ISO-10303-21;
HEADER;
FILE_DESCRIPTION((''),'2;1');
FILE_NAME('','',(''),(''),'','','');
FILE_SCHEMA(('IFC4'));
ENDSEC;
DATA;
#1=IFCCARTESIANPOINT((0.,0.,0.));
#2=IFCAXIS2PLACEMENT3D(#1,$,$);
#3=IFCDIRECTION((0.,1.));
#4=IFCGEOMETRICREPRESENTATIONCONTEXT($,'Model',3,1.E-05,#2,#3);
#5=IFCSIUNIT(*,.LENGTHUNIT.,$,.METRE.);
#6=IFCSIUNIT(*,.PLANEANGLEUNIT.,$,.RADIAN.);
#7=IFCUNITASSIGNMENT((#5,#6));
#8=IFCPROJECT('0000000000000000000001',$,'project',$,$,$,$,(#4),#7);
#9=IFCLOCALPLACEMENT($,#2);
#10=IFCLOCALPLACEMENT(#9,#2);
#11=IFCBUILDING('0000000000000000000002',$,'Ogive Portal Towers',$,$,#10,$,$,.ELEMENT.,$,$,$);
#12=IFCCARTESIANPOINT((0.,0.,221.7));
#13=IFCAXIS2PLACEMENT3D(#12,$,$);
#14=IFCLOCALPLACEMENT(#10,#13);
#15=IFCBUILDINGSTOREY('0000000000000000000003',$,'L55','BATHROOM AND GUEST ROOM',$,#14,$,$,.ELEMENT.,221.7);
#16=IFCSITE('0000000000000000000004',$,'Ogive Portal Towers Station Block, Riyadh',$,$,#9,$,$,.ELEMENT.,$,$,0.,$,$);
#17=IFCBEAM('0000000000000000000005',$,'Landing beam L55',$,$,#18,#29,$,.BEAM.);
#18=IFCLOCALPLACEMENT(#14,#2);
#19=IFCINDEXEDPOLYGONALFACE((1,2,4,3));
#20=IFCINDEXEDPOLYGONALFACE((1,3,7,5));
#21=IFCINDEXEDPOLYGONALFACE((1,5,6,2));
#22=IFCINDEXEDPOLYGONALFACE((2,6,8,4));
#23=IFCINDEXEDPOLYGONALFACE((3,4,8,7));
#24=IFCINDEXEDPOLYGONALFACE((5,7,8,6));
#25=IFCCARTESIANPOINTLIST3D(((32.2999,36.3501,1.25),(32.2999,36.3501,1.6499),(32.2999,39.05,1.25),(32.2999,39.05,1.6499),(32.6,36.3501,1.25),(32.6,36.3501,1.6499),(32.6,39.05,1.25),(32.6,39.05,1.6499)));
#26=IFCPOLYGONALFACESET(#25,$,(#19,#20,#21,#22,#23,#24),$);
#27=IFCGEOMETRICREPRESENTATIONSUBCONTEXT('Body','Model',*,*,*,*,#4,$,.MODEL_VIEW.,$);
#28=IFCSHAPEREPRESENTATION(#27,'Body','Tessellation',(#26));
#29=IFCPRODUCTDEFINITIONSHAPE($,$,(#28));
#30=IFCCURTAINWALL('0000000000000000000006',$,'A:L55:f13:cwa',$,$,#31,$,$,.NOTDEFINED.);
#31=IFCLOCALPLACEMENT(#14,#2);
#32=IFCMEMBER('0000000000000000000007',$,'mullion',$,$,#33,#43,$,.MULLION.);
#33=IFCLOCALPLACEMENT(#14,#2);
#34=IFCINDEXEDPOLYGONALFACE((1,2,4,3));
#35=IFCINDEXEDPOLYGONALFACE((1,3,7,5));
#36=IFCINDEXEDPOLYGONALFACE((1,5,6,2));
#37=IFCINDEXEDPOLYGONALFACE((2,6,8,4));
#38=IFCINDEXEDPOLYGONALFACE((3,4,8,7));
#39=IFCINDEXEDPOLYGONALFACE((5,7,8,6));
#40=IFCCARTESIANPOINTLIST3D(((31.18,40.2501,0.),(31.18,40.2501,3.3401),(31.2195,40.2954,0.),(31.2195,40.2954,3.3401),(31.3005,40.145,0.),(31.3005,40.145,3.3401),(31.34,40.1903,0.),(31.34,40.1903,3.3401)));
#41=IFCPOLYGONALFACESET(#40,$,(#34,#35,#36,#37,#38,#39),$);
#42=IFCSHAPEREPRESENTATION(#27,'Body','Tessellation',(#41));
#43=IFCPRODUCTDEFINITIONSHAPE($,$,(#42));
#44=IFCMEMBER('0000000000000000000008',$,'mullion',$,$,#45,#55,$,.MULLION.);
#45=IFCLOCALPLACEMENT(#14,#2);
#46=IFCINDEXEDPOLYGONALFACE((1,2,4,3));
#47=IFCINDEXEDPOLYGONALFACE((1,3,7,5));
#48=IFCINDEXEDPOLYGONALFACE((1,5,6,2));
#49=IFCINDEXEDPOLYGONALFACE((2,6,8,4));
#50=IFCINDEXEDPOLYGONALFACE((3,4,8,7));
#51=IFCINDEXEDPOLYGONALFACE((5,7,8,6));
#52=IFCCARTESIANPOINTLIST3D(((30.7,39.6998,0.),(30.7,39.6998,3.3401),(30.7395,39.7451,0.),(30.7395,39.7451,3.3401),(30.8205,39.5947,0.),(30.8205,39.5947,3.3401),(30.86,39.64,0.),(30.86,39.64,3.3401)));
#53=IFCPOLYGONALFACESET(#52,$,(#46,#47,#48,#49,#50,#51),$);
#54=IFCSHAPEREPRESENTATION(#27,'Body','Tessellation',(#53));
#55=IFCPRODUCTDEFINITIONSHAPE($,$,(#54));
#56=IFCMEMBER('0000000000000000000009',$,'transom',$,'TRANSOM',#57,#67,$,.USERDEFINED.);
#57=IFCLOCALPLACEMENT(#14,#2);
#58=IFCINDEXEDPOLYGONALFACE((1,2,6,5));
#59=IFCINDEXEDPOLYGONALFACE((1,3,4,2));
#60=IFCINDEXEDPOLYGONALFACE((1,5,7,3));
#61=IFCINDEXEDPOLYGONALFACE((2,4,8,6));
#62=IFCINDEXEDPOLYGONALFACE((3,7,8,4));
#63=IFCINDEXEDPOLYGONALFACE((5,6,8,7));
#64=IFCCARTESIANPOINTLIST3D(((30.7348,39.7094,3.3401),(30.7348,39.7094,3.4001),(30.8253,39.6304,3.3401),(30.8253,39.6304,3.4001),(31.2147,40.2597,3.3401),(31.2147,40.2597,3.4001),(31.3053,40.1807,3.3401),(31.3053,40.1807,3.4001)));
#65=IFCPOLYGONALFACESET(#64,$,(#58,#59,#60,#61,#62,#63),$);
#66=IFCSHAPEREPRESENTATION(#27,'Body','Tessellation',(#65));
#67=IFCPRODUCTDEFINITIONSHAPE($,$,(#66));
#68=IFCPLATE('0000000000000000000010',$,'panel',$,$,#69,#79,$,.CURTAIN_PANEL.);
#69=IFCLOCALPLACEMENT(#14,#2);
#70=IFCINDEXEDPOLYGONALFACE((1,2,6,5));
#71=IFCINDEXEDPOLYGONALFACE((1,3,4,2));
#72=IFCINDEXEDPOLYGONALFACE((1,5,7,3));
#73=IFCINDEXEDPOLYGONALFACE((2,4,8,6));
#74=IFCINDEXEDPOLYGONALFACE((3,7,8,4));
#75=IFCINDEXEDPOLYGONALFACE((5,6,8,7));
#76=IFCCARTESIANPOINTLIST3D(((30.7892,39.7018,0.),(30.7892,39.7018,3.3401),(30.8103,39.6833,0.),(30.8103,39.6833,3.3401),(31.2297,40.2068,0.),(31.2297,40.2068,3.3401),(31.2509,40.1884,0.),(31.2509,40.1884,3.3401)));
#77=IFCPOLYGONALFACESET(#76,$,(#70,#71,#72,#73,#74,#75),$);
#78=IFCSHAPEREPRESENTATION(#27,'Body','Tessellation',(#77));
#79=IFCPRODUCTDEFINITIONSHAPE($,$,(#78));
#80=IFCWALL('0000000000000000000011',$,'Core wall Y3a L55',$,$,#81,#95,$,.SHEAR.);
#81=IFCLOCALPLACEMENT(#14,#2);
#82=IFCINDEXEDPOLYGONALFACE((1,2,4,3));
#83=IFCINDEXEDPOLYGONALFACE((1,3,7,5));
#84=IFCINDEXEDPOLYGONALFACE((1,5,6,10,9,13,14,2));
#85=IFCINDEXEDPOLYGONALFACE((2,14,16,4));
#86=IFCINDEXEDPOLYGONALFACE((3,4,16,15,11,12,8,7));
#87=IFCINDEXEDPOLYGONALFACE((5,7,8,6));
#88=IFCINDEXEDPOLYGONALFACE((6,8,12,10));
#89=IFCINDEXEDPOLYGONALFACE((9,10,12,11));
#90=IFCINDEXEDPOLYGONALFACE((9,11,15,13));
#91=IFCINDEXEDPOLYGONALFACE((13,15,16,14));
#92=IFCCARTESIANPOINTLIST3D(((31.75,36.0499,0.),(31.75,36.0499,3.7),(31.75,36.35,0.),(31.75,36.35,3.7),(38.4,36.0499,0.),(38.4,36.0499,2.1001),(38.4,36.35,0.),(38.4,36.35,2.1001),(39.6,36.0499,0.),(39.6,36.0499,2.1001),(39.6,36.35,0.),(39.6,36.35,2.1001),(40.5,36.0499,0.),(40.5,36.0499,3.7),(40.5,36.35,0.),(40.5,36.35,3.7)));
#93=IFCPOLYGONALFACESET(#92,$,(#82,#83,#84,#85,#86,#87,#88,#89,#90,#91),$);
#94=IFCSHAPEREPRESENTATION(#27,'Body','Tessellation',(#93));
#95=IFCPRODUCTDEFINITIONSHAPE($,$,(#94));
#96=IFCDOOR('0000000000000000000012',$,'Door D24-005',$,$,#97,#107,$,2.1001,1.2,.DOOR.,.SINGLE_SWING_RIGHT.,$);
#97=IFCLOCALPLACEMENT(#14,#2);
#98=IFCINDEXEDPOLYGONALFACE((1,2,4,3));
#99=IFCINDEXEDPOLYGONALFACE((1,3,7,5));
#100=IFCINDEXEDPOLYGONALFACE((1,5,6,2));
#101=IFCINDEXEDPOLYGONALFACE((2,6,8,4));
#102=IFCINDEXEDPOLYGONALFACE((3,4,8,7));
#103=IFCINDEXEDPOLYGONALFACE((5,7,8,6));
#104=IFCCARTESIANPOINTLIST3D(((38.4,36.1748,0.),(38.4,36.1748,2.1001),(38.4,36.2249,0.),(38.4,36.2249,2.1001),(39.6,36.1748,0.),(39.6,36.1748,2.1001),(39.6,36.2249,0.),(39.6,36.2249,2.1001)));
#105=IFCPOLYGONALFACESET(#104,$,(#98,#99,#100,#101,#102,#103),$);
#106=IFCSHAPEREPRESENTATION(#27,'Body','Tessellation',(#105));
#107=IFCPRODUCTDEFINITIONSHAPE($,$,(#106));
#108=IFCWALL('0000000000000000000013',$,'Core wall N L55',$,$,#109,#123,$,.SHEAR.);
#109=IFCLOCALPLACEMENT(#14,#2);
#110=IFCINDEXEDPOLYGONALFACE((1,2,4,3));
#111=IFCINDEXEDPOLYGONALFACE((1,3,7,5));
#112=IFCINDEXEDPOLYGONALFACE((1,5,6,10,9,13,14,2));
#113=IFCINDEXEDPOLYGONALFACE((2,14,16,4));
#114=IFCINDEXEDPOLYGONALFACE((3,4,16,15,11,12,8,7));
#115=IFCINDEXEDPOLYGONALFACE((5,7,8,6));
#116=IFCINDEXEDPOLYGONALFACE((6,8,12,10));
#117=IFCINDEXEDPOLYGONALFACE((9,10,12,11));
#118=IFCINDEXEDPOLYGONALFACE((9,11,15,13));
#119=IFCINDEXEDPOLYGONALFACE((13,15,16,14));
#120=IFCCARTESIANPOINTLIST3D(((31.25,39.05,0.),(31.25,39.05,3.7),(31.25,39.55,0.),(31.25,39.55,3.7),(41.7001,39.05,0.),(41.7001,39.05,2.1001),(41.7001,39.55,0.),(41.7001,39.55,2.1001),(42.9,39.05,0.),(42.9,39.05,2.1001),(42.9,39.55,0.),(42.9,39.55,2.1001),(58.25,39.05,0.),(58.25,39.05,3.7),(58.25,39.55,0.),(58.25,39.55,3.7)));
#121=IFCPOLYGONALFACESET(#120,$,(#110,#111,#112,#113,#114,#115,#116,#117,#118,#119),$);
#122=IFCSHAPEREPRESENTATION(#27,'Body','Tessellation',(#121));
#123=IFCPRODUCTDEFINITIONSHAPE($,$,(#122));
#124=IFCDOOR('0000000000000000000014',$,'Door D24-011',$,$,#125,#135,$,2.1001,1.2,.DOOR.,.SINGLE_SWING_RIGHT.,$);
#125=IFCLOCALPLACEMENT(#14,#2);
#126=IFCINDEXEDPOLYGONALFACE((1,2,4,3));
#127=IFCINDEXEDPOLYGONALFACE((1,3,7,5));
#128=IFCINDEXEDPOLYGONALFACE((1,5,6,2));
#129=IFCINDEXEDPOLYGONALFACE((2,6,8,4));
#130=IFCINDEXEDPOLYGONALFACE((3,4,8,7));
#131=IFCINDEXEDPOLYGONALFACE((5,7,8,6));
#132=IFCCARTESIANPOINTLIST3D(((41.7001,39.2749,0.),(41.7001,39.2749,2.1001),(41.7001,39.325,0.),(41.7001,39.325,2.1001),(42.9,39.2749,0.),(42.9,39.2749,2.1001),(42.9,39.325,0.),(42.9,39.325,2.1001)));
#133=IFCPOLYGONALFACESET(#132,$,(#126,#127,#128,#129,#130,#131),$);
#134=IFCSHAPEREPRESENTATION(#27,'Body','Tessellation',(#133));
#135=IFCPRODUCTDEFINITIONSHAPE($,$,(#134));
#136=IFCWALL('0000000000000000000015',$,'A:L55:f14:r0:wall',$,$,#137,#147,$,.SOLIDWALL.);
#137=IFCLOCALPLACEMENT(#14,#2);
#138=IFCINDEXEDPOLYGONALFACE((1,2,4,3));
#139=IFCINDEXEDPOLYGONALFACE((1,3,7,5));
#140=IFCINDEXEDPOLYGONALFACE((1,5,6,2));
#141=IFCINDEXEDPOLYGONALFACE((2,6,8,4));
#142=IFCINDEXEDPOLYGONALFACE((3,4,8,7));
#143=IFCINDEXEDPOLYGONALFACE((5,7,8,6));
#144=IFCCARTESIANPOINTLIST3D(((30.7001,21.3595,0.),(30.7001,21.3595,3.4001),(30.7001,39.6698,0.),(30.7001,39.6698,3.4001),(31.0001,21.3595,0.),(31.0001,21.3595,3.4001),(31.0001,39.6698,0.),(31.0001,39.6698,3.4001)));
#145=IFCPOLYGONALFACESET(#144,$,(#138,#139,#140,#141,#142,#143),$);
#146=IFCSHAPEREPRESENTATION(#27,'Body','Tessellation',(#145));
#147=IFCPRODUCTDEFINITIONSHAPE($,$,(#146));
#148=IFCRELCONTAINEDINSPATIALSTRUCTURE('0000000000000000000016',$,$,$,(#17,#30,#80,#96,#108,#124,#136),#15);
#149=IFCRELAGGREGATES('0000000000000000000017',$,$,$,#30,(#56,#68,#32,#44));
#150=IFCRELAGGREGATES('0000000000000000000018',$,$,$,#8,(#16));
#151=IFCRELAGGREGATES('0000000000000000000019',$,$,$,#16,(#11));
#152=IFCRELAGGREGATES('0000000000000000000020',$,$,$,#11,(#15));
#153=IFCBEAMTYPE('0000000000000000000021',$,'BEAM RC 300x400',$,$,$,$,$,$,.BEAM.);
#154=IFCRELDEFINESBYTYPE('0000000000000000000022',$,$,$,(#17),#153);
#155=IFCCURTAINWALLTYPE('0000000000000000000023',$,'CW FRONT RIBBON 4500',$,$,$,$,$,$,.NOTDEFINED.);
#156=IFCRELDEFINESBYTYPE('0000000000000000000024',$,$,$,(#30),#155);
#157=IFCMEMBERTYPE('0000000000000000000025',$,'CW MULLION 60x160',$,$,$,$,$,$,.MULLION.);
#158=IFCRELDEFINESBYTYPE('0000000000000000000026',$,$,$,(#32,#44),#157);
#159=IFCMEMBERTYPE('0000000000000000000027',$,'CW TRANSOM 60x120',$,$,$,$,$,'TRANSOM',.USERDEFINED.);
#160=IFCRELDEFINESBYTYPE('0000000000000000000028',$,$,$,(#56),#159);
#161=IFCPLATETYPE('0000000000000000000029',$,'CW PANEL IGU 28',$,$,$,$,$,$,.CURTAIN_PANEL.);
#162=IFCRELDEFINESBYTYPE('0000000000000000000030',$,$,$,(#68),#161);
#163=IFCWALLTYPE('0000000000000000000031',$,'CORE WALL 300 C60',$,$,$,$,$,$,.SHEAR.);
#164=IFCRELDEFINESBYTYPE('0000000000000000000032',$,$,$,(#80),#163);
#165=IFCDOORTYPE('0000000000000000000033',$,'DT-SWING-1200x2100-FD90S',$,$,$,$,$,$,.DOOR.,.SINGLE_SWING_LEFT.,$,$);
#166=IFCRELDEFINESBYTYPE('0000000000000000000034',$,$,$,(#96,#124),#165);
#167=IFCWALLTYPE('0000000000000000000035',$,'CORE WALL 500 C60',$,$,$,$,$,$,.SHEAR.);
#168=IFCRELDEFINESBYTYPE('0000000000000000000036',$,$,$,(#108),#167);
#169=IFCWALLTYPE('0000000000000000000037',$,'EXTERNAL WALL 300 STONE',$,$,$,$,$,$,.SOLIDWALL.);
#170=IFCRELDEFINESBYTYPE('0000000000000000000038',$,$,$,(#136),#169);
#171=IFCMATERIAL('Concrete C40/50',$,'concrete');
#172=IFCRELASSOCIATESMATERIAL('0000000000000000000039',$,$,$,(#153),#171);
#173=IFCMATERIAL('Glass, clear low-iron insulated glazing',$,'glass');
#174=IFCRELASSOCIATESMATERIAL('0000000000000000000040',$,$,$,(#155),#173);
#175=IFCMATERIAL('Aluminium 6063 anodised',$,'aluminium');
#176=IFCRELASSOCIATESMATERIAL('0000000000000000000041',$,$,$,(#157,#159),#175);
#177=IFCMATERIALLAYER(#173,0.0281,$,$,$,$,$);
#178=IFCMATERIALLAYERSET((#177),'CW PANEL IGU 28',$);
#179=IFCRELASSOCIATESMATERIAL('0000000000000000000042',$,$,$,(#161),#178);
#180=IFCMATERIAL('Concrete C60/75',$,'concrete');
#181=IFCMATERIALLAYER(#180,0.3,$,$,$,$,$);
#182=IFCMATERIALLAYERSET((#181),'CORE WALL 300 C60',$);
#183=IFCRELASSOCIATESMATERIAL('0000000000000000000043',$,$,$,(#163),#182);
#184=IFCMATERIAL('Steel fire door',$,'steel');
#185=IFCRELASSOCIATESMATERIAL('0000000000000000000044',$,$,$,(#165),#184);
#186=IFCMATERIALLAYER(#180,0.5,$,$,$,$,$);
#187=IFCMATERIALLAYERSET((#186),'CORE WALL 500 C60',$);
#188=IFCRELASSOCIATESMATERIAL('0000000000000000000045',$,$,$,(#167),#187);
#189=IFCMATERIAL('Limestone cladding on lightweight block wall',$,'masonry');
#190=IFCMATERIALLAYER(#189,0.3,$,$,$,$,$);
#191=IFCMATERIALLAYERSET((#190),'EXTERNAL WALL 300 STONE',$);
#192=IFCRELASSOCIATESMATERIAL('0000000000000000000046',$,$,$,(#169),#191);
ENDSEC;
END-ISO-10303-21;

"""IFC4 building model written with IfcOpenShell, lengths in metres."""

from ifc_helpers import new_model, si_unit, direction, frame, frame_2d, origin, origin_2d, place, context, subcontext, project, spatial, rectangle, extrude, material, layer, layer_set, material_profile, profile_set, type_object, element, fill, aggregate, save


model = new_model("IFC4")

# Units and contexts
model_context = context("Model", 3, precision=1e-05, world=origin(), true_north=direction((0.0, 1.0)))
body_context = subcontext(model_context, "Body", "Model", "MODEL_VIEW")
ifc_project = project(units=[si_unit("LENGTHUNIT", "METRE"), si_unit("PLANEANGLEUNIT", "RADIAN")], contexts=[model_context])

# Site, building, storey
site_placement = place(None, origin())
site = spatial("IfcSite", under=ifc_project, at=site_placement, Name="Ogive Portal Towers Station Block, Riyadh", CompositionType="ELEMENT", RefElevation=0.0)
building_placement = place(site_placement, origin())
building = spatial("IfcBuilding", under=site, at=building_placement, Name="Ogive Portal Towers", CompositionType="ELEMENT")
storey_placement = place(building_placement, frame((0.0, 0.0, 221.7)))
storey = spatial("IfcBuildingStorey", under=building, at=storey_placement, Name="L55", Description="BATHROOM AND GUEST ROOM", CompositionType="ELEMENT", Elevation=221.7)

# Beam
ifc_material_1 = material(Name="Concrete C40/50", Category="concrete")
ifc_material_profile_1 = material_profile(ifc_material_1, rectangle(XDim=0.3, YDim=0.3999, at=origin_2d()), Name="RC 300x400")
ifc_profile_set_1 = profile_set([ifc_material_profile_1], Name="Concrete C40/50")
beam_type = type_object("IfcBeamType", Name="BEAM RC 300x400", PredefinedType="BEAM", material=ifc_profile_set_1)
beam_placement = place(storey_placement, frame((32.45, 36.3501, 1.45), z_axis=(0.0, 1.0, 0.0), x_axis=(-1.0, 0.0, 0.0)))
element("IfcBeam", 1, at=beam_placement, inside=storey, type_object=beam_type, Name="Landing beam L55", PredefinedType="BEAM", context=body_context, shape_type="SweptSolid", body=[
    extrude(rectangle(XDim=0.3, YDim=0.3999, at=origin_2d()), origin(), (0.0, 0.0, 1.0), 2.7),
])

# Curtain wall, members, plate
ifc_material_2 = material(Name="Glass, clear low-iron insulated glazing", Category="glass")
curtain_wall_type = type_object("IfcCurtainWallType", Name="CW FRONT RIBBON 4500", PredefinedType="NOTDEFINED", material=ifc_material_2)
curtain_wall_placement = place(storey_placement, origin())
curtain_wall = element("IfcCurtainWall", 2, at=curtain_wall_placement, inside=storey, type_object=curtain_wall_type, Name="A:L55:f13:cwa", PredefinedType="NOTDEFINED")
ifc_material_3 = material(Name="Aluminium 6063 anodised", Category="aluminium")
ifc_material_profile_2 = material_profile(ifc_material_3, rectangle(XDim=0.1599, YDim=0.0601, at=origin_2d()), Name="AL 60x160")
ifc_profile_set_2 = profile_set([ifc_material_profile_2], Name="Aluminium 6063 anodised")
member_type_1 = type_object("IfcMemberType", Name="CW MULLION 60x160", PredefinedType="MULLION", material=ifc_profile_set_2)
member_1_placement = place(storey_placement, frame((31.26, 40.2202, 0.0), z_axis=(0.0, 0.0, 1.0), x_axis=(0.753599, -0.657335, 0.0)))
member_1 = element("IfcMember", 3, at=member_1_placement, type_object=member_type_1, Name="mullion", PredefinedType="MULLION", context=body_context, shape_type="SweptSolid", body=[
    extrude(rectangle(XDim=0.1599, YDim=0.0601, at=origin_2d()), origin(), (0.0, 0.0, 1.0), 3.3401),
])
member_2_placement = place(storey_placement, frame((30.78, 39.6699, 0.0), z_axis=(0.0, 0.0, 1.0), x_axis=(0.753599, -0.657335, 0.0)))
member_2 = element("IfcMember", 4, at=member_2_placement, type_object=member_type_1, Name="mullion", PredefinedType="MULLION", context=body_context, shape_type="SweptSolid", body=[
    extrude(rectangle(XDim=0.1599, YDim=0.0601, at=origin_2d()), origin(), (0.0, 0.0, 1.0), 3.3401),
])
ifc_material_profile_3 = material_profile(ifc_material_3, rectangle(XDim=0.1201, YDim=0.0601, at=origin_2d()), Name="AL 120x60")
ifc_profile_set_3 = profile_set([ifc_material_profile_3], Name="Aluminium 6063 anodised")
member_type_2 = type_object("IfcMemberType", Name="CW TRANSOM 60x120", ElementType="TRANSOM", PredefinedType="USERDEFINED", material=ifc_profile_set_3)
member_3_placement = place(storey_placement, frame((31.26, 40.2202, 3.3701), z_axis=(-0.65732, -0.753611, 0.0), x_axis=(0.753611, -0.65732, 0.0)))
member_3 = element("IfcMember", 5, at=member_3_placement, type_object=member_type_2, Name="transom", ObjectType="TRANSOM", PredefinedType="USERDEFINED", context=body_context, shape_type="SweptSolid", body=[
    extrude(rectangle(XDim=0.1201, YDim=0.0601, at=origin_2d()), origin(), (0.0, 0.0, 1.0), 0.7302),
])
ifc_layer_1 = layer(ifc_material_2, 0.0281)
ifc_layer_set_1 = layer_set([ifc_layer_1], Name="CW PANEL IGU 28")
plate_type = type_object("IfcPlateType", Name="CW PANEL IGU 28", PredefinedType="CURTAIN_PANEL", material=ifc_layer_set_1)
plate_placement = place(storey_placement, frame((31.02, 39.9451, 0.0), z_axis=(0.0, 0.0, 1.0), x_axis=(-0.657335, -0.753599, 0.0)))
plate = element("IfcPlate", 6, at=plate_placement, type_object=plate_type, Name="panel", PredefinedType="CURTAIN_PANEL", context=body_context, shape_type="SweptSolid", body=[
    extrude(rectangle(XDim=0.6702, YDim=0.0281, at=origin_2d()), origin(), (0.0, 0.0, 1.0), 3.3401),
])
aggregate(curtain_wall, [member_3, plate, member_1, member_2])

# Walls, openings, doors
ifc_material_4 = material(Name="Concrete C60/75", Category="concrete")
ifc_layer_2 = layer(ifc_material_4, 0.3)
ifc_layer_set_2 = layer_set([ifc_layer_2], Name="CORE WALL 300 C60")
wall_type_1 = type_object("IfcWallType", Name="CORE WALL 300 C60", PredefinedType="SHEAR", material=ifc_layer_set_2)
wall_1_placement = place(storey_placement, frame((31.75, 36.2, 0.0), z_axis=(0.0, 0.0, 1.0), x_axis=(1.0, 0.0, 0.0)))
wall_1 = element("IfcWall", 7, at=wall_1_placement, inside=storey, type_object=wall_type_1, Name="Core wall Y3a L55", PredefinedType="SHEAR", context=body_context, shape_type="SweptSolid", body=[
    extrude(rectangle(XDim=8.75, YDim=0.3, at=frame_2d((4.375, 0.0))), origin(), (0.0, 0.0, 1.0), 3.7),
])
opening_1_placement = place(wall_1_placement, frame((6.6499, 0.0, 0.0)))
opening_1 = element("IfcOpeningElement", 8, at=opening_1_placement, cuts=wall_1, PredefinedType="OPENING", context=body_context, shape_type="SweptSolid", body=[
    extrude(rectangle(XDim=1.2, YDim=2.1001, at=frame_2d((0.6001, 1.05))), frame((0.0, 0.1602, 0.0), z_axis=(0.0, -1.0, 0.0), x_axis=(1.0, 0.0, 0.0)), (0.0, 0.0, 1.0), 0.3201),
])
ifc_material_5 = material(Name="Steel fire door", Category="steel")
door_type_1 = type_object("IfcDoorType", Name="DT-SWING-1200x2100-FD90S", OperationType="SINGLE_SWING_LEFT", PredefinedType="DOOR", material=ifc_material_5)
door_1_placement = place(opening_1_placement, origin())
door_1 = element("IfcDoor", 9, at=door_1_placement, inside=storey, type_object=door_type_1, Name="Door D24-005", OperationType="SINGLE_SWING_RIGHT", OverallHeight=2.1001, OverallWidth=1.2, PredefinedType="DOOR", context=body_context, shape_type="SweptSolid", body=[
    extrude(rectangle(XDim=1.2, YDim=2.1001, at=frame_2d((0.6001, 1.05))), frame((0.0, 0.0249, 0.0), z_axis=(0.0, -1.0, 0.0), x_axis=(1.0, 0.0, 0.0)), (0.0, 0.0, 1.0), 0.05),
])
fill(opening_1, door_1)
ifc_layer_3 = layer(ifc_material_4, 0.5)
ifc_layer_set_3 = layer_set([ifc_layer_3], Name="CORE WALL 500 C60")
wall_type_2 = type_object("IfcWallType", Name="CORE WALL 500 C60", PredefinedType="SHEAR", material=ifc_layer_set_3)
wall_2_placement = place(storey_placement, frame((31.25, 39.3, 0.0), z_axis=(0.0, 0.0, 1.0), x_axis=(1.0, 0.0, 0.0)))
wall_2 = element("IfcWall", 10, at=wall_2_placement, inside=storey, type_object=wall_type_2, Name="Core wall N L55", PredefinedType="SHEAR", context=body_context, shape_type="SweptSolid", body=[
    extrude(rectangle(XDim=27.0, YDim=0.5, at=frame_2d((13.5, 0.0))), origin(), (0.0, 0.0, 1.0), 3.7),
])
opening_2_placement = place(wall_2_placement, frame((10.45, 0.0, 0.0)))
opening_2 = element("IfcOpeningElement", 11, at=opening_2_placement, cuts=wall_2, PredefinedType="OPENING", context=body_context, shape_type="SweptSolid", body=[
    extrude(rectangle(XDim=1.2, YDim=2.1001, at=frame_2d((0.6001, 1.05))), frame((0.0, 0.26, 0.0), z_axis=(0.0, -1.0, 0.0), x_axis=(1.0, 0.0, 0.0)), (0.0, 0.0, 1.0), 0.52),
])
door_2_placement = place(opening_2_placement, origin())
door_2 = element("IfcDoor", 12, at=door_2_placement, inside=storey, type_object=door_type_1, Name="Door D24-011", OperationType="SINGLE_SWING_RIGHT", OverallHeight=2.1001, OverallWidth=1.2, PredefinedType="DOOR", context=body_context, shape_type="SweptSolid", body=[
    extrude(rectangle(XDim=1.2, YDim=2.1001, at=frame_2d((0.6001, 1.05))), frame((0.0, 0.0249, 0.0), z_axis=(0.0, -1.0, 0.0), x_axis=(1.0, 0.0, 0.0)), (0.0, 0.0, 1.0), 0.05),
])
fill(opening_2, door_2)

# Wall
ifc_material_6 = material(Name="Limestone cladding on lightweight block wall", Category="masonry")
ifc_layer_4 = layer(ifc_material_6, 0.3)
ifc_layer_set_4 = layer_set([ifc_layer_4], Name="EXTERNAL WALL 300 STONE")
wall_type_3 = type_object("IfcWallType", Name="EXTERNAL WALL 300 STONE", PredefinedType="SOLIDWALL", material=ifc_layer_set_4)
wall_3_placement = place(storey_placement, frame((30.8501, 39.6699, 0.0), z_axis=(0.0, 0.0, 1.0), x_axis=(0.0, -1.0, 0.0)))
element("IfcWall", 13, at=wall_3_placement, inside=storey, type_object=wall_type_3, Name="A:L55:f14:r0:wall", PredefinedType="SOLIDWALL", context=body_context, shape_type="SweptSolid", body=[
    extrude(rectangle(XDim=18.3103, YDim=0.3, at=frame_2d((9.1553, 0.0))), origin(), (0.0, 0.0, 1.0), 3.4001),
])

save(model, "model.ifc")
